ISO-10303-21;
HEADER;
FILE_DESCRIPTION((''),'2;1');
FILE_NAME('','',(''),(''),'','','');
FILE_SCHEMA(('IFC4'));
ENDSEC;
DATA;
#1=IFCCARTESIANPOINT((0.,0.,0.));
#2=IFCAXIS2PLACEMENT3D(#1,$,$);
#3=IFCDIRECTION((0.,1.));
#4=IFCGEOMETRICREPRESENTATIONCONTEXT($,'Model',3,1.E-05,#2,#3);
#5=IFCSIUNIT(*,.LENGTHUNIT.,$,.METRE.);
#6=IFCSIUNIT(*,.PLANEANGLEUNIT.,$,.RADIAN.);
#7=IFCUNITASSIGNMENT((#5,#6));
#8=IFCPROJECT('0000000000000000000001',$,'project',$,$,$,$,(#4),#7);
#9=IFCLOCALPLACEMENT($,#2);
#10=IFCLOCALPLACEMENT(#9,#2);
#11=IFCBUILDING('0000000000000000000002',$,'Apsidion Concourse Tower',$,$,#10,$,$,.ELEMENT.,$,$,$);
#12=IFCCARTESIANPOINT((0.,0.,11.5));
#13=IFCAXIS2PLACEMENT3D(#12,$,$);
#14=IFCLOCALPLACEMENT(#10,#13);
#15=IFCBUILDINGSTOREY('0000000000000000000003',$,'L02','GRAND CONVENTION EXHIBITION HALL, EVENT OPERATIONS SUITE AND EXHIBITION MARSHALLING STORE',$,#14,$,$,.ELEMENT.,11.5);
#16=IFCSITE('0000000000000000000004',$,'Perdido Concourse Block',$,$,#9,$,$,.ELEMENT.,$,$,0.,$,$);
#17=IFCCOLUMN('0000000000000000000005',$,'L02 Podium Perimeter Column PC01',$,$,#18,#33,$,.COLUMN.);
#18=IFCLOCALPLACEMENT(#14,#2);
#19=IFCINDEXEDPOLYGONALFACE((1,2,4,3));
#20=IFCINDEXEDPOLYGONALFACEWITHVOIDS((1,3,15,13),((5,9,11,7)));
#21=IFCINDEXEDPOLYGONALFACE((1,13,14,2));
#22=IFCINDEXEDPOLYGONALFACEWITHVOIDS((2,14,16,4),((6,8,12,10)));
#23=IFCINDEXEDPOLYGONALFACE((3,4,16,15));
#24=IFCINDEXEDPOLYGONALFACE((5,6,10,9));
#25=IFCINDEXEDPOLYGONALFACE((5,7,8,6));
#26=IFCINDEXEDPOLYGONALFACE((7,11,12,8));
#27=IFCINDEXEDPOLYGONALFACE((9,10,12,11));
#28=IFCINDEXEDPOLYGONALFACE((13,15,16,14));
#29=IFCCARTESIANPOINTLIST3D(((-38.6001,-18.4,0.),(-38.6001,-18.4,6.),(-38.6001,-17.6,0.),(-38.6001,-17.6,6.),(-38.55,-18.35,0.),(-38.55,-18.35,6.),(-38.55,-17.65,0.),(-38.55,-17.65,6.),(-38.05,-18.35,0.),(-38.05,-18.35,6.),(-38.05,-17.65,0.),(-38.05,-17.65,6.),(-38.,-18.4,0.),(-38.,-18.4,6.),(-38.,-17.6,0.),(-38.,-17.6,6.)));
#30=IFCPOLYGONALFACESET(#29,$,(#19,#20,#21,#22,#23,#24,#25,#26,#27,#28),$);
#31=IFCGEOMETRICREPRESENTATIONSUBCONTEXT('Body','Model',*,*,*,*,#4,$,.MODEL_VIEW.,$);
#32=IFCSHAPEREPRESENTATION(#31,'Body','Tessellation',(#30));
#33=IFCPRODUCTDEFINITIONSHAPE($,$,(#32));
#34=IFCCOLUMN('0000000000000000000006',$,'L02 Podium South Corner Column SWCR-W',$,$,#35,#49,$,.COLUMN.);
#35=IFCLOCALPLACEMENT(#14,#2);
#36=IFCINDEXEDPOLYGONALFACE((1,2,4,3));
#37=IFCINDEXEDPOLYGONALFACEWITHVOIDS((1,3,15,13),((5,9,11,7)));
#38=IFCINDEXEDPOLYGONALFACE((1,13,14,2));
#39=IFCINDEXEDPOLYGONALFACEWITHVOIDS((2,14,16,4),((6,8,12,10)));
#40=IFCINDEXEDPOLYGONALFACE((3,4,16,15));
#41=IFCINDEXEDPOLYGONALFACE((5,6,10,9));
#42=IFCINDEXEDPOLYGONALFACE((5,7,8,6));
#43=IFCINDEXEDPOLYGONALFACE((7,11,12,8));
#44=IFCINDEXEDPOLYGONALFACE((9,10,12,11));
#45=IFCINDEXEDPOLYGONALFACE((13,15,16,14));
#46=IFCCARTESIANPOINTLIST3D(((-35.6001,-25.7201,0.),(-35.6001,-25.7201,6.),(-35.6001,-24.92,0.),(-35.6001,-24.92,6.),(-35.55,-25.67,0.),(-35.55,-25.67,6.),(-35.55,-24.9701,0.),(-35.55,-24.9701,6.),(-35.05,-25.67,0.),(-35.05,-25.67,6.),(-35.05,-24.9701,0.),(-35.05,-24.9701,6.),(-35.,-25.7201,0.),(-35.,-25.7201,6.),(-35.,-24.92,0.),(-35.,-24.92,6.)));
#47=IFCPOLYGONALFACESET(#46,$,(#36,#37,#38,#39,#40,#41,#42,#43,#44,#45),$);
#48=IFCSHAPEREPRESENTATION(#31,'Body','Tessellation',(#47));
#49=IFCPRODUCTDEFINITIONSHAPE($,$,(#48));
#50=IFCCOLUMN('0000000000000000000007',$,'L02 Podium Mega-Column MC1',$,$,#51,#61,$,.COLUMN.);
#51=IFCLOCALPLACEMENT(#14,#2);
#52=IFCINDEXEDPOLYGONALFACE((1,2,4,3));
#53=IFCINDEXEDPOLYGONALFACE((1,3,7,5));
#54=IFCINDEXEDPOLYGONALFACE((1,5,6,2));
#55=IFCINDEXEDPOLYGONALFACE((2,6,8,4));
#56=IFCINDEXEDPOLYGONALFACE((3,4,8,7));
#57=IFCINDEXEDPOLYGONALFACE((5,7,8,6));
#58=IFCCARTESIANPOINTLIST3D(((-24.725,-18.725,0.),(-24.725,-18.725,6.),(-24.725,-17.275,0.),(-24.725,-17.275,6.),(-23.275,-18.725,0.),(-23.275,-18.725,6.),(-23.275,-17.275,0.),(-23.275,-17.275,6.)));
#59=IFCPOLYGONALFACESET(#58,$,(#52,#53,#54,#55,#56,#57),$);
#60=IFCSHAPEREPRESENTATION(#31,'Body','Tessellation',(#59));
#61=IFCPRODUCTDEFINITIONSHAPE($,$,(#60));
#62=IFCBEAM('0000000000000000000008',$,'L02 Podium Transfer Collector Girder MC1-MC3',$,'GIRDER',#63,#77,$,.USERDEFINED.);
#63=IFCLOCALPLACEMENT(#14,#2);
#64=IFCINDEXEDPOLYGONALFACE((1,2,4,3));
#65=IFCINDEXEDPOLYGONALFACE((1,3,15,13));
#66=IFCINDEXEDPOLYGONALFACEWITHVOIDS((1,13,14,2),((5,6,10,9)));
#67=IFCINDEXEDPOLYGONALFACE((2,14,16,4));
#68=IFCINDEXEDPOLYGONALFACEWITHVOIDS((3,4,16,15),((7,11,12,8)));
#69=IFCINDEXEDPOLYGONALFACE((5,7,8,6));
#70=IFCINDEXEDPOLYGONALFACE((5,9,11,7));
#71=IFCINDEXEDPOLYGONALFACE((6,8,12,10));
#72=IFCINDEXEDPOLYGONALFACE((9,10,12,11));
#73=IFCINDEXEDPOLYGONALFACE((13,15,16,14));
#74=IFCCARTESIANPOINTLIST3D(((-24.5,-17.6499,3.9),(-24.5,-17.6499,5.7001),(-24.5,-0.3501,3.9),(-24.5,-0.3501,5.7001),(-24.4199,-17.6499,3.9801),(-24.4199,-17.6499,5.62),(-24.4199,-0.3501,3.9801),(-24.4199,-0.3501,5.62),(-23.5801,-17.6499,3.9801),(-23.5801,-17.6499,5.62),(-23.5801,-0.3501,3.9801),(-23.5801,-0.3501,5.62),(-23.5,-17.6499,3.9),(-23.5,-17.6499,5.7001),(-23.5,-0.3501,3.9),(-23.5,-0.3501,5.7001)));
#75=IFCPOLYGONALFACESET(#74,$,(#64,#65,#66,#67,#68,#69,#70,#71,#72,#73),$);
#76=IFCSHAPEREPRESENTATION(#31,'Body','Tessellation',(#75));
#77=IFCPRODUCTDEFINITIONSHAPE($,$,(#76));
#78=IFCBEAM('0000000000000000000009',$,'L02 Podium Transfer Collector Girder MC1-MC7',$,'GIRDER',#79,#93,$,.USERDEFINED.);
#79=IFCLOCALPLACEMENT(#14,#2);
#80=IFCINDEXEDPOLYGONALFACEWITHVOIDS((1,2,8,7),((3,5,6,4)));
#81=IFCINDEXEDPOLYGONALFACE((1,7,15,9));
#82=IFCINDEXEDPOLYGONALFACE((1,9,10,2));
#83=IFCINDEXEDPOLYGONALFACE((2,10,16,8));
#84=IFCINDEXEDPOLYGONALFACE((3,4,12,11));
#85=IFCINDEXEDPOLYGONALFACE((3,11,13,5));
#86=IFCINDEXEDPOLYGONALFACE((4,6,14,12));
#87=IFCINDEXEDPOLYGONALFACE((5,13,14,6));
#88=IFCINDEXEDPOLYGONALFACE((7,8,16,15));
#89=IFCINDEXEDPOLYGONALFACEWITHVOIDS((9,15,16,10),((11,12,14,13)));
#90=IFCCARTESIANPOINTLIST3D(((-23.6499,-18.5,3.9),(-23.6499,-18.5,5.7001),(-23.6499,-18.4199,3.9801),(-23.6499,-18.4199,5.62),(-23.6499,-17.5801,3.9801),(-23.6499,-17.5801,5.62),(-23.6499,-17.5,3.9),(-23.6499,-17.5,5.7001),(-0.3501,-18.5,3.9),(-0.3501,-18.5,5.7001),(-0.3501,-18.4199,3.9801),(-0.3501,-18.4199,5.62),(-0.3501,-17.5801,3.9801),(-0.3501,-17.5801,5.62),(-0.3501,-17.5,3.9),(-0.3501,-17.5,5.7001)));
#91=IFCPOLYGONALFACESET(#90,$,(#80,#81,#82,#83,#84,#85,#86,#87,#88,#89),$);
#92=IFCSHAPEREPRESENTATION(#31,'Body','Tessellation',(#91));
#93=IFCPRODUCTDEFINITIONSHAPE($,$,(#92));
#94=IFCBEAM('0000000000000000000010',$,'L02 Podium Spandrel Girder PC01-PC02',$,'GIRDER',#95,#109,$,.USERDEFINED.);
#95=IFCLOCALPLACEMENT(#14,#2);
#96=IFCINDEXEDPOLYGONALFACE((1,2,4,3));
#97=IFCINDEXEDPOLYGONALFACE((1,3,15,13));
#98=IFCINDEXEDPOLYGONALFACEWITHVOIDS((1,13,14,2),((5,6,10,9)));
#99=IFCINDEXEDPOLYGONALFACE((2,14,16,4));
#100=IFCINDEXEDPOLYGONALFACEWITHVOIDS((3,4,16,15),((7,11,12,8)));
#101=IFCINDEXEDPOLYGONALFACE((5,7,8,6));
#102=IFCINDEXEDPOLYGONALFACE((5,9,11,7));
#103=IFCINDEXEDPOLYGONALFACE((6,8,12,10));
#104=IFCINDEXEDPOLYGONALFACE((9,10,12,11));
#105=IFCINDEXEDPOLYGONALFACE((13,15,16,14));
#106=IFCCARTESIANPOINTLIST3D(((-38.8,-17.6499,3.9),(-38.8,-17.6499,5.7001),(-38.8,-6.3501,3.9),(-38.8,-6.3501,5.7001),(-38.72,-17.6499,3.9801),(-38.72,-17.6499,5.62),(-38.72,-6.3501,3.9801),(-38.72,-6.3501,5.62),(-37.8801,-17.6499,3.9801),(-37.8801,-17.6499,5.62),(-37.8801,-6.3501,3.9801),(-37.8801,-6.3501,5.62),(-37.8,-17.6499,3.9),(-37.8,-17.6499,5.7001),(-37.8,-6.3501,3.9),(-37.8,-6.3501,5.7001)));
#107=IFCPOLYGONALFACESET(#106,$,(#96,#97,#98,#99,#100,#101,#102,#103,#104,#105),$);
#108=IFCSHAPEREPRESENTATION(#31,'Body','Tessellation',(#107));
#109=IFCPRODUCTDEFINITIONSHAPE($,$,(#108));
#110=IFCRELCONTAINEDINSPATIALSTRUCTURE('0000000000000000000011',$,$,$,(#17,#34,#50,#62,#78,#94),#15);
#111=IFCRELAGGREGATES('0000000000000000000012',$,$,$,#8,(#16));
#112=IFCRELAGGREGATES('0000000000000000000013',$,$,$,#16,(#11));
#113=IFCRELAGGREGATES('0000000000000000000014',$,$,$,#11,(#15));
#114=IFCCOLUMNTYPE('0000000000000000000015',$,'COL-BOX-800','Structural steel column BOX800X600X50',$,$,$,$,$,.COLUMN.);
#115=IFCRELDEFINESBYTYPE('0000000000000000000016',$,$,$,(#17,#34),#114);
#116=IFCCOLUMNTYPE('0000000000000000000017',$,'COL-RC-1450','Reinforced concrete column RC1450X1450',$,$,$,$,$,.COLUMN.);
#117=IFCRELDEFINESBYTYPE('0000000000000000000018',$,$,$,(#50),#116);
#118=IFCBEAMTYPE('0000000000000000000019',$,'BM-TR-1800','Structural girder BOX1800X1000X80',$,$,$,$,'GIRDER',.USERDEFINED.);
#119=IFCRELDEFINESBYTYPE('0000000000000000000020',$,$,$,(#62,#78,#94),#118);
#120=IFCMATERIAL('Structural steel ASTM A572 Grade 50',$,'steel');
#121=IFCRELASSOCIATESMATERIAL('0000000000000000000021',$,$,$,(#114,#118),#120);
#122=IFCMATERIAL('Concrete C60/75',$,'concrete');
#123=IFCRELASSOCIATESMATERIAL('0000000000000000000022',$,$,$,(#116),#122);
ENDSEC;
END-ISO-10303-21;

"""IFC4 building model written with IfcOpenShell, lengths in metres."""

from ifc_helpers import new_model, si_unit, direction, frame, origin, origin_2d, place, context, subcontext, project, spatial, rectangle, hollow_rectangle, extrude, material, material_profile, profile_set, type_object, element, save


model = new_model("IFC4")

# Units and contexts
model_context = context("Model", 3, precision=1e-05, world=origin(), true_north=direction((0.0, 1.0)))
body_context = subcontext(model_context, "Body", "Model", "MODEL_VIEW")
ifc_project = project(units=[si_unit("LENGTHUNIT", "METRE"), si_unit("PLANEANGLEUNIT", "RADIAN")], contexts=[model_context])

# Site, building, storey
site_placement = place(None, origin())
site = spatial("IfcSite", under=ifc_project, at=site_placement, Name="Perdido Concourse Block", CompositionType="ELEMENT", RefElevation=0.0)
building_placement = place(site_placement, origin())
building = spatial("IfcBuilding", under=site, at=building_placement, Name="Apsidion Concourse Tower", CompositionType="ELEMENT")
storey_placement = place(building_placement, frame((0.0, 0.0, 11.5)))
storey = spatial("IfcBuildingStorey", under=building, at=storey_placement, Name="L02", Description="GRAND CONVENTION EXHIBITION HALL, EVENT OPERATIONS SUITE AND EXHIBITION MARSHALLING STORE", CompositionType="ELEMENT", Elevation=11.5)

# Columns
ifc_material_1 = material(Name="Structural steel ASTM A572 Grade 50", Category="steel")
ifc_material_profile_1 = material_profile(ifc_material_1, hollow_rectangle(XDim=0.6001, YDim=0.8, WallThickness=0.05, at=origin_2d()), Name="BOX800X600X50")
ifc_profile_set_1 = profile_set([ifc_material_profile_1], Name="Structural steel ASTM A572 Grade 50")
column_type_1 = type_object("IfcColumnType", Name="COL-BOX-800", Description="Structural steel column BOX800X600X50", PredefinedType="COLUMN", material=ifc_profile_set_1)
for number, where, z_axis, x_axis, name in (
    (1, (-38.3, -18.0, 0.0), (0.0, 0.0, 1.0), (1.0, 0.0, 0.0), "L02 Podium Perimeter Column PC01"),
    (2, (-35.3, -25.3201, 0.0), (0.0, 0.0, 1.0), (1.0, 0.0, 0.0), "L02 Podium South Corner Column SWCR-W"),
):
    element("IfcColumn", number, at=place(storey_placement, frame(where, z_axis=z_axis, x_axis=x_axis)), inside=storey, type_object=column_type_1, Name=name, PredefinedType="COLUMN", context=body_context, shape_type="SweptSolid", body=[
        extrude(hollow_rectangle(XDim=0.6001, YDim=0.8, WallThickness=0.05, at=origin_2d()), origin(), (0.0, 0.0, 1.0), 6.0),
    ])
ifc_material_2 = material(Name="Concrete C60/75", Category="concrete")
ifc_material_profile_2 = material_profile(ifc_material_2, rectangle(XDim=1.45, YDim=1.45, at=origin_2d()), Name="RC 1450x1450")
ifc_profile_set_2 = profile_set([ifc_material_profile_2], Name="Concrete C60/75")
column_type_2 = type_object("IfcColumnType", Name="COL-RC-1450", Description="Reinforced concrete column RC1450X1450", PredefinedType="COLUMN", material=ifc_profile_set_2)
column_placement = place(storey_placement, frame((-24.0, -18.0, 0.0), z_axis=(0.0, 0.0, 1.0), x_axis=(1.0, 0.0, 0.0)))
element("IfcColumn", 3, at=column_placement, inside=storey, type_object=column_type_2, Name="L02 Podium Mega-Column MC1", PredefinedType="COLUMN", context=body_context, shape_type="SweptSolid", body=[
    extrude(rectangle(XDim=1.45, YDim=1.45, at=origin_2d()), origin(), (0.0, 0.0, 1.0), 6.0),
])

# Beams
ifc_material_profile_3 = material_profile(ifc_material_1, hollow_rectangle(XDim=1.0, YDim=1.8, WallThickness=0.0801, at=origin_2d()), Name="BOX1800X1000X80")
ifc_profile_set_3 = profile_set([ifc_material_profile_3], Name="Structural steel ASTM A572 Grade 50")
beam_type = type_object("IfcBeamType", Name="BM-TR-1800", Description="Structural girder BOX1800X1000X80", ElementType="GIRDER", PredefinedType="USERDEFINED", material=ifc_profile_set_3)
beam_1_placement = place(storey_placement, frame((-24.0, -17.6499, 4.8), z_axis=(0.0, 1.0, 0.0), x_axis=(-1.0, 0.0, 0.0)))
element("IfcBeam", 4, at=beam_1_placement, inside=storey, type_object=beam_type, Name="L02 Podium Transfer Collector Girder MC1-MC3", ObjectType="GIRDER", PredefinedType="USERDEFINED", context=body_context, shape_type="SweptSolid", body=[
    extrude(hollow_rectangle(XDim=1.0, YDim=1.8, WallThickness=0.0801, at=origin_2d()), origin(), (0.0, 0.0, 1.0), 17.2998),
])
beam_2_placement = place(storey_placement, frame((-23.6499, -18.0, 4.8), z_axis=(1.0, 0.0, 0.0), x_axis=(0.0, 1.0, 0.0)))
element("IfcBeam", 5, at=beam_2_placement, inside=storey, type_object=beam_type, Name="L02 Podium Transfer Collector Girder MC1-MC7", ObjectType="GIRDER", PredefinedType="USERDEFINED", context=body_context, shape_type="SweptSolid", body=[
    extrude(hollow_rectangle(XDim=1.0, YDim=1.8, WallThickness=0.0801, at=origin_2d()), origin(), (0.0, 0.0, 1.0), 23.2998),
])
beam_3_placement = place(storey_placement, frame((-38.3, -17.6499, 4.8), z_axis=(0.0, 1.0, 0.0), x_axis=(-1.0, 0.0, 0.0)))
element("IfcBeam", 6, at=beam_3_placement, inside=storey, type_object=beam_type, Name="L02 Podium Spandrel Girder PC01-PC02", ObjectType="GIRDER", PredefinedType="USERDEFINED", context=body_context, shape_type="SweptSolid", body=[
    extrude(hollow_rectangle(XDim=1.0, YDim=1.8, WallThickness=0.0801, at=origin_2d()), origin(), (0.0, 0.0, 1.0), 11.2998),
])

save(model, "model.ifc")
